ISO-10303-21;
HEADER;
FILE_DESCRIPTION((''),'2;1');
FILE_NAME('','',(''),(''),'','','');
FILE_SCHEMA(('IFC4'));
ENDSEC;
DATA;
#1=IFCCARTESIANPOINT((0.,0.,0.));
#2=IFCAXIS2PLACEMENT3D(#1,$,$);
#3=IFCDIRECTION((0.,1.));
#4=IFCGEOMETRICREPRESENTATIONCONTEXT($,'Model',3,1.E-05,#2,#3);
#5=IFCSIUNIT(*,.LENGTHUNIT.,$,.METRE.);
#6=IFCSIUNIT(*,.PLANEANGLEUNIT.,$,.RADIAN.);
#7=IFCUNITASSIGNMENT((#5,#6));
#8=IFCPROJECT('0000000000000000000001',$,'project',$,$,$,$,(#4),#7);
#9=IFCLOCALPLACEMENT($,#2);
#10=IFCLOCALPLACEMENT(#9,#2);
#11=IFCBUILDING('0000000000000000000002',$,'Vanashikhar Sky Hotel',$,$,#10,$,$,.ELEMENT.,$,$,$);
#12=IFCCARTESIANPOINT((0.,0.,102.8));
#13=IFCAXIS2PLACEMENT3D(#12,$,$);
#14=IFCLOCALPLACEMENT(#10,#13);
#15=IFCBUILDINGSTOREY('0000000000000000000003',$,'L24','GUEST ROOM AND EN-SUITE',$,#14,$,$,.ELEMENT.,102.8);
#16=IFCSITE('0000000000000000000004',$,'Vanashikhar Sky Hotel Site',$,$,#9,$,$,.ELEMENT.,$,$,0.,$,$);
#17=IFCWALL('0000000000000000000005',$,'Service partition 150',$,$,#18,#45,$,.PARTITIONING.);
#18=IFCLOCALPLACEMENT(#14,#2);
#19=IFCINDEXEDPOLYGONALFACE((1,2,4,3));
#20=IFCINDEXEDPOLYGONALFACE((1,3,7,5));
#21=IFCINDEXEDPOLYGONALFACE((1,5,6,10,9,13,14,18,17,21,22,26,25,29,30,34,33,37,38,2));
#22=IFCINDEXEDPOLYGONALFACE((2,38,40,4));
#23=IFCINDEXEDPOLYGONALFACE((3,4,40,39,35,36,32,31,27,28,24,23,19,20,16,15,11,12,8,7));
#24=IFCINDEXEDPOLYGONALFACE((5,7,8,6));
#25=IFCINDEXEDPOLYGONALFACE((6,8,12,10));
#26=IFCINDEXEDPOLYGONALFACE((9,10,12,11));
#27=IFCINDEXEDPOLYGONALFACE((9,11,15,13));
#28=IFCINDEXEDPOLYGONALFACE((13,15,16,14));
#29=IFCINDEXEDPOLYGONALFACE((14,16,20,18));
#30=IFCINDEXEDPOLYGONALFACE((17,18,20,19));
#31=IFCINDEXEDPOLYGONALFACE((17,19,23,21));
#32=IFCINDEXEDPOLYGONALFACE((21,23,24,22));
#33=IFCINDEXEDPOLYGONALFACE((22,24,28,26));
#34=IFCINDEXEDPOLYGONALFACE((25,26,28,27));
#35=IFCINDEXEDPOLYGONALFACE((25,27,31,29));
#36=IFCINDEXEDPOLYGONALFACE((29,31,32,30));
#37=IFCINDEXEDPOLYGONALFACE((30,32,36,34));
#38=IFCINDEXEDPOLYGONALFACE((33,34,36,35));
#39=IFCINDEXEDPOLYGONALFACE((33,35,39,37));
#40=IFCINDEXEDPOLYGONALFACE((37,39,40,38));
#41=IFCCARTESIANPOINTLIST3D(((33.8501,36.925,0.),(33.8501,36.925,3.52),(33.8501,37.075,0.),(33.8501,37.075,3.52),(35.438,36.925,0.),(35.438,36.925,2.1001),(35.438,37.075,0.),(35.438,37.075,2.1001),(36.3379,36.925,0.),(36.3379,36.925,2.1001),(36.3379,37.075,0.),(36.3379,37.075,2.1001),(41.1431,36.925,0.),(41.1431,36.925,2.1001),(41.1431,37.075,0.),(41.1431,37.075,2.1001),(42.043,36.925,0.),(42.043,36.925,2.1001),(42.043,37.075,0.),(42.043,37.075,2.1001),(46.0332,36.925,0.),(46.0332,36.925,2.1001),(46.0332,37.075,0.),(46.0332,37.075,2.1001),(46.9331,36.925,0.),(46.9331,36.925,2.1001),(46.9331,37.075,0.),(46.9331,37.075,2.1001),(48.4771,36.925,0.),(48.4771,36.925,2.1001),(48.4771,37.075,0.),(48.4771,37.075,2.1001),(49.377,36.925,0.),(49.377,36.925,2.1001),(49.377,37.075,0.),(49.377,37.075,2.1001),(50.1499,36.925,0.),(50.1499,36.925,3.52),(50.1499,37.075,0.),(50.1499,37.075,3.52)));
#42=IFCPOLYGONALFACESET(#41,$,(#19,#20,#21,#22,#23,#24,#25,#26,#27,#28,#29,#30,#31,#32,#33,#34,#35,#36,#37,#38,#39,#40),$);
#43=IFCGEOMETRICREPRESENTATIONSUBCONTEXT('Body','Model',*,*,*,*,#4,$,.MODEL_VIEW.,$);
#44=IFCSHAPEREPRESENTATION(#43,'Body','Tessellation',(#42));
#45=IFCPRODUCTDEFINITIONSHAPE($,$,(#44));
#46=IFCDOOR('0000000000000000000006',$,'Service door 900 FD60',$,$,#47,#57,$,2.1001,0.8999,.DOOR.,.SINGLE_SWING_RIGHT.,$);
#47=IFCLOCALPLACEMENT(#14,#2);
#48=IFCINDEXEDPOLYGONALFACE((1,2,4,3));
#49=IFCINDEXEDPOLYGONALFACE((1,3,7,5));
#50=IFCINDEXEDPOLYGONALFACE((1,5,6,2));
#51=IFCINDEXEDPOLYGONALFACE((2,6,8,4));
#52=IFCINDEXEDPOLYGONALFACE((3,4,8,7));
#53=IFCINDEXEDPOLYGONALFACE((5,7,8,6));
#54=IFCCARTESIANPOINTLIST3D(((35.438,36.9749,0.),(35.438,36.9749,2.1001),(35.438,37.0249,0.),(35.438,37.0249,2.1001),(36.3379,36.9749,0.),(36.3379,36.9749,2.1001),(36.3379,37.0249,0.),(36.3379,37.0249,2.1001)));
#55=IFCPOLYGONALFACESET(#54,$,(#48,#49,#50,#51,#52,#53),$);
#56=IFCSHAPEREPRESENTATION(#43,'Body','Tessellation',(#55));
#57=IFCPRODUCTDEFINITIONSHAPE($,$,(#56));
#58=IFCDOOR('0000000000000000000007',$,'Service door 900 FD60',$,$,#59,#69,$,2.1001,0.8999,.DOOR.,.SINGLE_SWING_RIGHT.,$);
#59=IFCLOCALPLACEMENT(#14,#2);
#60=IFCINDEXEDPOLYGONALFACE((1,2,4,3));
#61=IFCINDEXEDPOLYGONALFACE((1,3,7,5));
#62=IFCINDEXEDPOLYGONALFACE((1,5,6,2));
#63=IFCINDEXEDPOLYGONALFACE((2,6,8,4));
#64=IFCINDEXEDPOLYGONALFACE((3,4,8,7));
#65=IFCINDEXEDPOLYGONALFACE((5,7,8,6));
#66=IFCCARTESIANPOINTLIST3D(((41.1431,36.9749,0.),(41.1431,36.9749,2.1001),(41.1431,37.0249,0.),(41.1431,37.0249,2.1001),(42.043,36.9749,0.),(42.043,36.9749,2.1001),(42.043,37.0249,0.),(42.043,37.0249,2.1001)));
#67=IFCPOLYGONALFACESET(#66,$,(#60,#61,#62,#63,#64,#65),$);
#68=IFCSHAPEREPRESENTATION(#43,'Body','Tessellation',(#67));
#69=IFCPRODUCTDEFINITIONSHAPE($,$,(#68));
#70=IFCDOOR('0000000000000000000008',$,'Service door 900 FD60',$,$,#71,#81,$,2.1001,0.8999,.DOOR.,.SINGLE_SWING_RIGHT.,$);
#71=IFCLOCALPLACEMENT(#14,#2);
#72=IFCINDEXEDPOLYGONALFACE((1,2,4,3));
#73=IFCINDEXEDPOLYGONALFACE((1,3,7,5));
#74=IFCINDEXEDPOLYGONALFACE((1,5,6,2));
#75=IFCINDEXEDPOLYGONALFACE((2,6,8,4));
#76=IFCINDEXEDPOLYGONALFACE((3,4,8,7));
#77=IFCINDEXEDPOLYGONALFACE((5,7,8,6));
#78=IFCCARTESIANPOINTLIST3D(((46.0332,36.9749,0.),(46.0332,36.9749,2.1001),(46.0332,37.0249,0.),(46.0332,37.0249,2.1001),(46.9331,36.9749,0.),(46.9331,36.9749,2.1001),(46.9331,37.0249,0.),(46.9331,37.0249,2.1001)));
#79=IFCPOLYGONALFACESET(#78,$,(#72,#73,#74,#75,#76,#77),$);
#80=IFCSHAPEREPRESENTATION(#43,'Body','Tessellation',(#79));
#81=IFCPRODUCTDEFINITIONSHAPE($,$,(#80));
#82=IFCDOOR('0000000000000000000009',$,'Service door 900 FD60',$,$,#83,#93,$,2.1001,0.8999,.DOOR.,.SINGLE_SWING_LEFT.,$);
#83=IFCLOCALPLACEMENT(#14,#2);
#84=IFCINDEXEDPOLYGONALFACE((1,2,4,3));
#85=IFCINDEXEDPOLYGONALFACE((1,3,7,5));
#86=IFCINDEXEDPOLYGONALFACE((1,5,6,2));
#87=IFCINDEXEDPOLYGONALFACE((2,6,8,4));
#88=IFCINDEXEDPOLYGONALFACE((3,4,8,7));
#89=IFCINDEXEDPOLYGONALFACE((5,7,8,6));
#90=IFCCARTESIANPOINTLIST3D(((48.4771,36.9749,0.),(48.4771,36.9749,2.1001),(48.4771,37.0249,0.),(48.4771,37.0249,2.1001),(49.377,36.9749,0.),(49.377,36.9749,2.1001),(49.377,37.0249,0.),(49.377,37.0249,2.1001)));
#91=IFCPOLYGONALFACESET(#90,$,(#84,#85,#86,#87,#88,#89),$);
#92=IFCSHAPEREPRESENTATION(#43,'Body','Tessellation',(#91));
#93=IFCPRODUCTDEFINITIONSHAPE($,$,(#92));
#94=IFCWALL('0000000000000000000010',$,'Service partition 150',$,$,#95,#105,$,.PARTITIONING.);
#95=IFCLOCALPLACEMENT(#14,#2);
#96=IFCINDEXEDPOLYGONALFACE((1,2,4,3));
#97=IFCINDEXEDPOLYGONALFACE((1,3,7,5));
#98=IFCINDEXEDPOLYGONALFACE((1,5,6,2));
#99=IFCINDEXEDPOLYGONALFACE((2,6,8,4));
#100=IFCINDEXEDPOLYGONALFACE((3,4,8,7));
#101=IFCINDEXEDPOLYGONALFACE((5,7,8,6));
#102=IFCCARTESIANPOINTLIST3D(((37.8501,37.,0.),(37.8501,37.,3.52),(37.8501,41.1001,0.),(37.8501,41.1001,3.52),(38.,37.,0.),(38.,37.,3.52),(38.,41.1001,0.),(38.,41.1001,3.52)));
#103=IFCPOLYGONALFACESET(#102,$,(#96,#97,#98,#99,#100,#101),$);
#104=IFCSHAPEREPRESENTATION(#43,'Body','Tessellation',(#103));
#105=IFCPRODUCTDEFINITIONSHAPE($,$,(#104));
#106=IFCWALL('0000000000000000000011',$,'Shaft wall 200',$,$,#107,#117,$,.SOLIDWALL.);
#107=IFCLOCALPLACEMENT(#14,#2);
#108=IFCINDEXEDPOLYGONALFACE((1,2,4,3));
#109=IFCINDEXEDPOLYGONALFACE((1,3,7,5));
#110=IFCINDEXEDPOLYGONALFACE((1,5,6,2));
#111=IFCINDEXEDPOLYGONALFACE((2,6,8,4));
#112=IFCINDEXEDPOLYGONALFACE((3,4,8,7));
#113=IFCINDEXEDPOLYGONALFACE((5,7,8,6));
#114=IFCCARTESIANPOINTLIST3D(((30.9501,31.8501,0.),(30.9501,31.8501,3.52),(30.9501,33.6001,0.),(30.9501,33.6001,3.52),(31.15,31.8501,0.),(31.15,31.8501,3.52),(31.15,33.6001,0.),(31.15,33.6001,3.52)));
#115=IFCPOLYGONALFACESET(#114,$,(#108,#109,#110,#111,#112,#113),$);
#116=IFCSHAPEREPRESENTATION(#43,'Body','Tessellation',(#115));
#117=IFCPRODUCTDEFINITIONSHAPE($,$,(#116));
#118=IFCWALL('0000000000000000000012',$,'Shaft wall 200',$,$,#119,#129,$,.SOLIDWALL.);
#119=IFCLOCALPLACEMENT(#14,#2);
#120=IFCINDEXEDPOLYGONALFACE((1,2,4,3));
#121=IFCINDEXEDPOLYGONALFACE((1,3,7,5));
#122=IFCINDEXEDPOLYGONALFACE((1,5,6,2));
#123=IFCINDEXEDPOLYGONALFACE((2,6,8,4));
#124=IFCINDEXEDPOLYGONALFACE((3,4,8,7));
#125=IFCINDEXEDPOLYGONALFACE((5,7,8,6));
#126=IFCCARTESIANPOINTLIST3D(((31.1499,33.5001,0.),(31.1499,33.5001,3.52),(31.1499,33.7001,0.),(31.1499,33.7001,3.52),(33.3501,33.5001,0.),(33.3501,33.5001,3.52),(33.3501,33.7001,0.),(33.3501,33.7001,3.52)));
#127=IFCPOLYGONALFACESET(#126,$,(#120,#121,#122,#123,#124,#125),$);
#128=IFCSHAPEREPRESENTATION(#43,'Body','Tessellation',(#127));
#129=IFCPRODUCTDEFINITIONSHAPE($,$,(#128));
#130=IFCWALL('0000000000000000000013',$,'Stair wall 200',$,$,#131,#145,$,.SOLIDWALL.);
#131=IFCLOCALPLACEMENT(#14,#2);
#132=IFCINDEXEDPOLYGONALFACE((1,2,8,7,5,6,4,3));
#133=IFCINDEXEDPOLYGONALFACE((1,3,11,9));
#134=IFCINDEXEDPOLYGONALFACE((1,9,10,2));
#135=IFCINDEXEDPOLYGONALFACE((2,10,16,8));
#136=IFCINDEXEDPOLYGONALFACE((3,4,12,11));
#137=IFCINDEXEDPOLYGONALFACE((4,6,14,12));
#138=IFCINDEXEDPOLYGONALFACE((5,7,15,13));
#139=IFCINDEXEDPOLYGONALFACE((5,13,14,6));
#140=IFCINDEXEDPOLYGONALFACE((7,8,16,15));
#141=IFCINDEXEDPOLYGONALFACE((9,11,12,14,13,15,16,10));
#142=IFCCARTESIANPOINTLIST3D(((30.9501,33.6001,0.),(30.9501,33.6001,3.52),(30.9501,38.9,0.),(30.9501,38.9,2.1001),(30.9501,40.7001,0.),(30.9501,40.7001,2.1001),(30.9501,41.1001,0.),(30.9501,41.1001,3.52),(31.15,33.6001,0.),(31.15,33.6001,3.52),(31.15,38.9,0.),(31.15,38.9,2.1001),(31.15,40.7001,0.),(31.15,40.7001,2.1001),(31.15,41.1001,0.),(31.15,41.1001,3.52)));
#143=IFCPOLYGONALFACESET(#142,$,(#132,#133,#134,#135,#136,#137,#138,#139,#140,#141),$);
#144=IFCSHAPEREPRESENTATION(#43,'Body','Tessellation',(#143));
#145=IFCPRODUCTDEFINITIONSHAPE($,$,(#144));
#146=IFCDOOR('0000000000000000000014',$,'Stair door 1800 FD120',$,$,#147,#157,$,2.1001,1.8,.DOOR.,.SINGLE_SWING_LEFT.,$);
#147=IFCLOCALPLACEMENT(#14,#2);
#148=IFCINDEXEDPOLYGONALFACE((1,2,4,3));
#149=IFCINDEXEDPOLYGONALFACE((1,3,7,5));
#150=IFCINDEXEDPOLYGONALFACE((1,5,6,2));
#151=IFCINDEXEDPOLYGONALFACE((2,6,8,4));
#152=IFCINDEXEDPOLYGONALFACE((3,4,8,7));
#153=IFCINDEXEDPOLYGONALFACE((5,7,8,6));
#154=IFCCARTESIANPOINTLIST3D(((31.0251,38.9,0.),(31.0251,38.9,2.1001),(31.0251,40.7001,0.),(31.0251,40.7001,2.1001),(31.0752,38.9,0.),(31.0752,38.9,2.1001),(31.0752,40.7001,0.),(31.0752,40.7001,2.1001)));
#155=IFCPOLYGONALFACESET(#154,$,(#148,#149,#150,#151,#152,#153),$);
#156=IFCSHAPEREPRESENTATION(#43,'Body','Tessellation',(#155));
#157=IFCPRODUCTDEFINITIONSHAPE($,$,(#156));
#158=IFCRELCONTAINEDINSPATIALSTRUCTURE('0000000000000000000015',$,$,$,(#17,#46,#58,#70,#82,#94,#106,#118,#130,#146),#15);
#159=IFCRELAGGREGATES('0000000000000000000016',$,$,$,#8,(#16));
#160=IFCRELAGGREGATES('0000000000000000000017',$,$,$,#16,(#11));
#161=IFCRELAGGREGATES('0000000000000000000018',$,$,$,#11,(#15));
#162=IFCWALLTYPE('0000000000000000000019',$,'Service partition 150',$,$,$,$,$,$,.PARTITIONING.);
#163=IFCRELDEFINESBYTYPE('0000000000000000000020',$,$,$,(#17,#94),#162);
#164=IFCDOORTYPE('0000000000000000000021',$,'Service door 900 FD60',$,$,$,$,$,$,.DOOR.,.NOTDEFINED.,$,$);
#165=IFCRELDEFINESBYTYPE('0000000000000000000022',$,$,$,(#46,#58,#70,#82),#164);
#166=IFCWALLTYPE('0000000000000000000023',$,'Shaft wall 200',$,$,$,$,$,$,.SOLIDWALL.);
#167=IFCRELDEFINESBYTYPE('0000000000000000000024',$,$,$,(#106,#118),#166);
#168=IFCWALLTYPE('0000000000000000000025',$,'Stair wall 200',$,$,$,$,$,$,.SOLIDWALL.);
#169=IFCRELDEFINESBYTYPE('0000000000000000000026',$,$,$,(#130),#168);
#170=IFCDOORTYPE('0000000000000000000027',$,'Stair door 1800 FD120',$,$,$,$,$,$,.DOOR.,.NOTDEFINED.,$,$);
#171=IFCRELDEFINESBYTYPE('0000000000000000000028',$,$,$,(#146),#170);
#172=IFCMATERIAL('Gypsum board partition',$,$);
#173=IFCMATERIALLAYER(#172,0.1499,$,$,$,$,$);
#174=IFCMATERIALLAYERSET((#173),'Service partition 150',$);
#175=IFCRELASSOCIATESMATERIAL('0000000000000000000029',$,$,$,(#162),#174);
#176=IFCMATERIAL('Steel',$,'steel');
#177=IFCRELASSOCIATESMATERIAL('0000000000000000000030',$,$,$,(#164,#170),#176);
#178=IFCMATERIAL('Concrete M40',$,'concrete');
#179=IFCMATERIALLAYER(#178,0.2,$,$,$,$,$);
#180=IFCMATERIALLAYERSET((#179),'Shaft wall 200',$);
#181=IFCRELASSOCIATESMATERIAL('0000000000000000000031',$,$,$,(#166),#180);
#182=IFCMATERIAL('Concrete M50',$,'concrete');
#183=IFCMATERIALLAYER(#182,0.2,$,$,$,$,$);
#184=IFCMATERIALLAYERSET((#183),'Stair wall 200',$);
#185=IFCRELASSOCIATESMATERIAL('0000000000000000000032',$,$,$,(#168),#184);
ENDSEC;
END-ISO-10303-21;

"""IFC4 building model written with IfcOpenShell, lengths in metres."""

from ifc_helpers import new_model, si_unit, direction, frame, frame_2d, origin, place, context, subcontext, project, spatial, rectangle, extrude, source, transform, mapped, material, layer, layer_set, type_object, element, fill, save


model = new_model("IFC4")

# Units and contexts
model_context = context("Model", 3, precision=1e-05, world=origin(), true_north=direction((0.0, 1.0)))
body_context = subcontext(model_context, "Body", "Model", "MODEL_VIEW")
ifc_project = project(units=[si_unit("LENGTHUNIT", "METRE"), si_unit("PLANEANGLEUNIT", "RADIAN")], contexts=[model_context])

# Site, building, storey
site_placement = place(None, origin())
site = spatial("IfcSite", under=ifc_project, at=site_placement, Name="Vanashikhar Sky Hotel Site", CompositionType="ELEMENT", RefElevation=0.0)
building_placement = place(site_placement, origin())
building = spatial("IfcBuilding", under=site, at=building_placement, Name="Vanashikhar Sky Hotel", CompositionType="ELEMENT")
storey_placement = place(building_placement, frame((0.0, 0.0, 102.8)))
storey = spatial("IfcBuildingStorey", under=building, at=storey_placement, Name="L24", Description="GUEST ROOM AND EN-SUITE", CompositionType="ELEMENT", Elevation=102.8)

# Shared definitions
ifc_material_1 = material(Name="Steel", Category="steel")

# Shared definitions
ifc_material_2 = material(Name="Gypsum board partition")
ifc_layer_1 = layer(ifc_material_2, 0.1499)
ifc_layer_set_1 = layer_set([ifc_layer_1], Name="Service partition 150")
wall_type_1 = type_object("IfcWallType", Name="Service partition 150", PredefinedType="PARTITIONING", material=ifc_layer_set_1)

# Wall, openings, doors
shared_shape_1 = source(origin(), body_context, "Body", "SweptSolid", [
    extrude(rectangle(XDim=0.8999, YDim=2.1001, at=frame_2d((0.45, 1.05))), frame((0.0, 0.085, 0.0), z_axis=(0.0, -1.0, 0.0), x_axis=(1.0, 0.0, 0.0)), (0.0, 0.0, 1.0), 0.1699),
])
door_type_1 = type_object("IfcDoorType", Name="Service door 900 FD60", OperationType="NOTDEFINED", PredefinedType="DOOR", material=ifc_material_1)
shared_shape_2 = source(origin(), body_context, "Body", "SweptSolid", [
    extrude(rectangle(XDim=0.8999, YDim=2.1001, at=frame_2d((0.45, 1.05))), frame((0.0, 0.0249, 0.0), z_axis=(0.0, -1.0, 0.0), x_axis=(1.0, 0.0, 0.0)), (0.0, 0.0, 1.0), 0.05),
])
shared_shape_3 = source(origin(), body_context, "Body", "SweptSolid", [
    extrude(rectangle(XDim=16.2998, YDim=0.1499, at=frame_2d((8.1499, 0.0))), origin(), (0.0, 0.0, 1.0), 3.52),
])
wall_1_placement = place(storey_placement, frame((33.8501, 37.0, 0.0), z_axis=(0.0, 0.0, 1.0), x_axis=(1.0, 0.0, 0.0)))
wall_1 = element("IfcWall", 1, at=wall_1_placement, inside=storey, type_object=wall_type_1, Name="Service partition 150", PredefinedType="PARTITIONING", context=body_context, shape_type="MappedRepresentation", body=[
    mapped(shared_shape_3, transform((0.0, 0.0, 0.0), scale=1.0)),
])
opening_1_placement = place(wall_1_placement, frame((1.5879, 0.0, 0.0)))
opening_1 = element("IfcOpeningElement", 2, at=opening_1_placement, cuts=wall_1, PredefinedType="OPENING", context=body_context, shape_type="MappedRepresentation", body=[
    mapped(shared_shape_1, transform((0.0, 0.0, 0.0), scale=1.0)),
])
opening_2_placement = place(wall_1_placement, frame((7.293, 0.0, 0.0)))
opening_2 = element("IfcOpeningElement", 3, at=opening_2_placement, cuts=wall_1, PredefinedType="OPENING", context=body_context, shape_type="MappedRepresentation", body=[
    mapped(shared_shape_1, transform((0.0, 0.0, 0.0), scale=1.0)),
])
opening_3_placement = place(wall_1_placement, frame((12.1831, 0.0, 0.0)))
opening_3 = element("IfcOpeningElement", 4, at=opening_3_placement, cuts=wall_1, PredefinedType="OPENING", context=body_context, shape_type="MappedRepresentation", body=[
    mapped(shared_shape_1, transform((0.0, 0.0, 0.0), scale=1.0)),
])
opening_4_placement = place(wall_1_placement, frame((14.627, 0.0, 0.0)))
opening_4 = element("IfcOpeningElement", 5, at=opening_4_placement, cuts=wall_1, PredefinedType="OPENING", context=body_context, shape_type="MappedRepresentation", body=[
    mapped(shared_shape_1, transform((0.0, 0.0, 0.0), scale=1.0)),
])
door_1_placement = place(opening_1_placement, origin())
door_1 = element("IfcDoor", 6, at=door_1_placement, inside=storey, type_object=door_type_1, Name="Service door 900 FD60", OperationType="SINGLE_SWING_RIGHT", OverallHeight=2.1001, OverallWidth=0.8999, PredefinedType="DOOR", context=body_context, shape_type="MappedRepresentation", body=[
    mapped(shared_shape_2, transform((0.0, 0.0, 0.0), scale=1.0)),
])
fill(opening_1, door_1)
door_2_placement = place(opening_2_placement, origin())
door_2 = element("IfcDoor", 7, at=door_2_placement, inside=storey, type_object=door_type_1, Name="Service door 900 FD60", OperationType="SINGLE_SWING_RIGHT", OverallHeight=2.1001, OverallWidth=0.8999, PredefinedType="DOOR", context=body_context, shape_type="MappedRepresentation", body=[
    mapped(shared_shape_2, transform((0.0, 0.0, 0.0), scale=1.0)),
])
fill(opening_2, door_2)
door_3_placement = place(opening_3_placement, origin())
door_3 = element("IfcDoor", 8, at=door_3_placement, inside=storey, type_object=door_type_1, Name="Service door 900 FD60", OperationType="SINGLE_SWING_RIGHT", OverallHeight=2.1001, OverallWidth=0.8999, PredefinedType="DOOR", context=body_context, shape_type="MappedRepresentation", body=[
    mapped(shared_shape_2, transform((0.0, 0.0, 0.0), scale=1.0)),
])
fill(opening_3, door_3)
door_4_placement = place(opening_4_placement, origin())
door_4 = element("IfcDoor", 9, at=door_4_placement, inside=storey, type_object=door_type_1, Name="Service door 900 FD60", OperationType="SINGLE_SWING_LEFT", OverallHeight=2.1001, OverallWidth=0.8999, PredefinedType="DOOR", context=body_context, shape_type="MappedRepresentation", body=[
    mapped(shared_shape_2, transform((0.0, 0.0, 0.0), scale=1.0)),
])
fill(opening_4, door_4)

# Walls
shared_shape_4 = source(origin(), body_context, "Body", "SweptSolid", [
    extrude(rectangle(XDim=4.1001, YDim=0.1499, at=frame_2d((2.05, 0.0))), origin(), (0.0, 0.0, 1.0), 3.52),
])
wall_2_placement = place(storey_placement, frame((37.925, 37.0, 0.0), z_axis=(0.0, 0.0, 1.0), x_axis=(0.0, 1.0, 0.0)))
element("IfcWall", 10, at=wall_2_placement, inside=storey, type_object=wall_type_1, Name="Service partition 150", PredefinedType="PARTITIONING", context=body_context, shape_type="MappedRepresentation", body=[
    mapped(shared_shape_4, transform((0.0, 0.0, 0.0), scale=1.0)),
])
ifc_material_3 = material(Name="Concrete M40", Category="concrete")
ifc_layer_2 = layer(ifc_material_3, 0.2)
ifc_layer_set_2 = layer_set([ifc_layer_2], Name="Shaft wall 200")
wall_type_2 = type_object("IfcWallType", Name="Shaft wall 200", PredefinedType="SOLIDWALL", material=ifc_layer_set_2)
shared_shape_5 = source(origin(), body_context, "Body", "SweptSolid", [
    extrude(rectangle(XDim=1.75, YDim=0.2, at=frame_2d((0.875, 0.0))), origin(), (0.0, 0.0, 1.0), 3.52),
])
wall_3_placement = place(storey_placement, frame((31.05, 31.8501, 0.0), z_axis=(0.0, 0.0, 1.0), x_axis=(0.0, 1.0, 0.0)))
element("IfcWall", 11, at=wall_3_placement, inside=storey, type_object=wall_type_2, Name="Shaft wall 200", PredefinedType="SOLIDWALL", context=body_context, shape_type="MappedRepresentation", body=[
    mapped(shared_shape_5, transform((0.0, 0.0, 0.0), scale=1.0)),
])
shared_shape_6 = source(origin(), body_context, "Body", "SweptSolid", [
    extrude(rectangle(XDim=2.2002, YDim=0.2, at=frame_2d((1.1001, 0.0))), origin(), (0.0, 0.0, 1.0), 3.52),
])
wall_4_placement = place(storey_placement, frame((31.1499, 33.6001, 0.0), z_axis=(0.0, 0.0, 1.0), x_axis=(1.0, 0.0, 0.0)))
element("IfcWall", 12, at=wall_4_placement, inside=storey, type_object=wall_type_2, Name="Shaft wall 200", PredefinedType="SOLIDWALL", context=body_context, shape_type="MappedRepresentation", body=[
    mapped(shared_shape_6, transform((0.0, 0.0, 0.0), scale=1.0)),
])

# Wall, opening, door
ifc_material_4 = material(Name="Concrete M50", Category="concrete")
ifc_layer_3 = layer(ifc_material_4, 0.2)
ifc_layer_set_3 = layer_set([ifc_layer_3], Name="Stair wall 200")
wall_type_3 = type_object("IfcWallType", Name="Stair wall 200", PredefinedType="SOLIDWALL", material=ifc_layer_set_3)
shared_shape_7 = source(origin(), body_context, "Body", "SweptSolid", [
    extrude(rectangle(XDim=7.5, YDim=0.2, at=frame_2d((3.75, 0.0))), origin(), (0.0, 0.0, 1.0), 3.52),
])
wall_5_placement = place(storey_placement, frame((31.05, 33.6001, 0.0), z_axis=(0.0, 0.0, 1.0), x_axis=(0.0, 1.0, 0.0)))
wall_5 = element("IfcWall", 13, at=wall_5_placement, inside=storey, type_object=wall_type_3, Name="Stair wall 200", PredefinedType="SOLIDWALL", context=body_context, shape_type="MappedRepresentation", body=[
    mapped(shared_shape_7, transform((0.0, 0.0, 0.0), scale=1.0)),
])
shared_shape_8 = source(origin(), body_context, "Body", "SweptSolid", [
    extrude(rectangle(XDim=1.8, YDim=2.1001, at=frame_2d((0.8999, 1.05))), frame((0.0, 0.1099, 0.0), z_axis=(0.0, -1.0, 0.0), x_axis=(1.0, 0.0, 0.0)), (0.0, 0.0, 1.0), 0.22),
])
opening_5_placement = place(wall_5_placement, frame((5.3, 0.0, 0.0)))
opening_5 = element("IfcOpeningElement", 14, at=opening_5_placement, cuts=wall_5, PredefinedType="OPENING", context=body_context, shape_type="MappedRepresentation", body=[
    mapped(shared_shape_8, transform((0.0, 0.0, 0.0), scale=1.0)),
])
door_type_2 = type_object("IfcDoorType", Name="Stair door 1800 FD120", OperationType="NOTDEFINED", PredefinedType="DOOR", material=ifc_material_1)
shared_shape_9 = source(origin(), body_context, "Body", "SweptSolid", [
    extrude(rectangle(XDim=1.8, YDim=2.1001, at=frame_2d((0.8999, 1.05))), frame((0.0, 0.0249, 0.0), z_axis=(0.0, -1.0, 0.0), x_axis=(1.0, 0.0, 0.0)), (0.0, 0.0, 1.0), 0.05),
])
door_5_placement = place(opening_5_placement, origin())
door_5 = element("IfcDoor", 15, at=door_5_placement, inside=storey, type_object=door_type_2, Name="Stair door 1800 FD120", OperationType="SINGLE_SWING_LEFT", OverallHeight=2.1001, OverallWidth=1.8, PredefinedType="DOOR", context=body_context, shape_type="MappedRepresentation", body=[
    mapped(shared_shape_9, transform((0.0, 0.0, 0.0), scale=1.0)),
])
fill(opening_5, door_5)

save(model, "model.ifc")
